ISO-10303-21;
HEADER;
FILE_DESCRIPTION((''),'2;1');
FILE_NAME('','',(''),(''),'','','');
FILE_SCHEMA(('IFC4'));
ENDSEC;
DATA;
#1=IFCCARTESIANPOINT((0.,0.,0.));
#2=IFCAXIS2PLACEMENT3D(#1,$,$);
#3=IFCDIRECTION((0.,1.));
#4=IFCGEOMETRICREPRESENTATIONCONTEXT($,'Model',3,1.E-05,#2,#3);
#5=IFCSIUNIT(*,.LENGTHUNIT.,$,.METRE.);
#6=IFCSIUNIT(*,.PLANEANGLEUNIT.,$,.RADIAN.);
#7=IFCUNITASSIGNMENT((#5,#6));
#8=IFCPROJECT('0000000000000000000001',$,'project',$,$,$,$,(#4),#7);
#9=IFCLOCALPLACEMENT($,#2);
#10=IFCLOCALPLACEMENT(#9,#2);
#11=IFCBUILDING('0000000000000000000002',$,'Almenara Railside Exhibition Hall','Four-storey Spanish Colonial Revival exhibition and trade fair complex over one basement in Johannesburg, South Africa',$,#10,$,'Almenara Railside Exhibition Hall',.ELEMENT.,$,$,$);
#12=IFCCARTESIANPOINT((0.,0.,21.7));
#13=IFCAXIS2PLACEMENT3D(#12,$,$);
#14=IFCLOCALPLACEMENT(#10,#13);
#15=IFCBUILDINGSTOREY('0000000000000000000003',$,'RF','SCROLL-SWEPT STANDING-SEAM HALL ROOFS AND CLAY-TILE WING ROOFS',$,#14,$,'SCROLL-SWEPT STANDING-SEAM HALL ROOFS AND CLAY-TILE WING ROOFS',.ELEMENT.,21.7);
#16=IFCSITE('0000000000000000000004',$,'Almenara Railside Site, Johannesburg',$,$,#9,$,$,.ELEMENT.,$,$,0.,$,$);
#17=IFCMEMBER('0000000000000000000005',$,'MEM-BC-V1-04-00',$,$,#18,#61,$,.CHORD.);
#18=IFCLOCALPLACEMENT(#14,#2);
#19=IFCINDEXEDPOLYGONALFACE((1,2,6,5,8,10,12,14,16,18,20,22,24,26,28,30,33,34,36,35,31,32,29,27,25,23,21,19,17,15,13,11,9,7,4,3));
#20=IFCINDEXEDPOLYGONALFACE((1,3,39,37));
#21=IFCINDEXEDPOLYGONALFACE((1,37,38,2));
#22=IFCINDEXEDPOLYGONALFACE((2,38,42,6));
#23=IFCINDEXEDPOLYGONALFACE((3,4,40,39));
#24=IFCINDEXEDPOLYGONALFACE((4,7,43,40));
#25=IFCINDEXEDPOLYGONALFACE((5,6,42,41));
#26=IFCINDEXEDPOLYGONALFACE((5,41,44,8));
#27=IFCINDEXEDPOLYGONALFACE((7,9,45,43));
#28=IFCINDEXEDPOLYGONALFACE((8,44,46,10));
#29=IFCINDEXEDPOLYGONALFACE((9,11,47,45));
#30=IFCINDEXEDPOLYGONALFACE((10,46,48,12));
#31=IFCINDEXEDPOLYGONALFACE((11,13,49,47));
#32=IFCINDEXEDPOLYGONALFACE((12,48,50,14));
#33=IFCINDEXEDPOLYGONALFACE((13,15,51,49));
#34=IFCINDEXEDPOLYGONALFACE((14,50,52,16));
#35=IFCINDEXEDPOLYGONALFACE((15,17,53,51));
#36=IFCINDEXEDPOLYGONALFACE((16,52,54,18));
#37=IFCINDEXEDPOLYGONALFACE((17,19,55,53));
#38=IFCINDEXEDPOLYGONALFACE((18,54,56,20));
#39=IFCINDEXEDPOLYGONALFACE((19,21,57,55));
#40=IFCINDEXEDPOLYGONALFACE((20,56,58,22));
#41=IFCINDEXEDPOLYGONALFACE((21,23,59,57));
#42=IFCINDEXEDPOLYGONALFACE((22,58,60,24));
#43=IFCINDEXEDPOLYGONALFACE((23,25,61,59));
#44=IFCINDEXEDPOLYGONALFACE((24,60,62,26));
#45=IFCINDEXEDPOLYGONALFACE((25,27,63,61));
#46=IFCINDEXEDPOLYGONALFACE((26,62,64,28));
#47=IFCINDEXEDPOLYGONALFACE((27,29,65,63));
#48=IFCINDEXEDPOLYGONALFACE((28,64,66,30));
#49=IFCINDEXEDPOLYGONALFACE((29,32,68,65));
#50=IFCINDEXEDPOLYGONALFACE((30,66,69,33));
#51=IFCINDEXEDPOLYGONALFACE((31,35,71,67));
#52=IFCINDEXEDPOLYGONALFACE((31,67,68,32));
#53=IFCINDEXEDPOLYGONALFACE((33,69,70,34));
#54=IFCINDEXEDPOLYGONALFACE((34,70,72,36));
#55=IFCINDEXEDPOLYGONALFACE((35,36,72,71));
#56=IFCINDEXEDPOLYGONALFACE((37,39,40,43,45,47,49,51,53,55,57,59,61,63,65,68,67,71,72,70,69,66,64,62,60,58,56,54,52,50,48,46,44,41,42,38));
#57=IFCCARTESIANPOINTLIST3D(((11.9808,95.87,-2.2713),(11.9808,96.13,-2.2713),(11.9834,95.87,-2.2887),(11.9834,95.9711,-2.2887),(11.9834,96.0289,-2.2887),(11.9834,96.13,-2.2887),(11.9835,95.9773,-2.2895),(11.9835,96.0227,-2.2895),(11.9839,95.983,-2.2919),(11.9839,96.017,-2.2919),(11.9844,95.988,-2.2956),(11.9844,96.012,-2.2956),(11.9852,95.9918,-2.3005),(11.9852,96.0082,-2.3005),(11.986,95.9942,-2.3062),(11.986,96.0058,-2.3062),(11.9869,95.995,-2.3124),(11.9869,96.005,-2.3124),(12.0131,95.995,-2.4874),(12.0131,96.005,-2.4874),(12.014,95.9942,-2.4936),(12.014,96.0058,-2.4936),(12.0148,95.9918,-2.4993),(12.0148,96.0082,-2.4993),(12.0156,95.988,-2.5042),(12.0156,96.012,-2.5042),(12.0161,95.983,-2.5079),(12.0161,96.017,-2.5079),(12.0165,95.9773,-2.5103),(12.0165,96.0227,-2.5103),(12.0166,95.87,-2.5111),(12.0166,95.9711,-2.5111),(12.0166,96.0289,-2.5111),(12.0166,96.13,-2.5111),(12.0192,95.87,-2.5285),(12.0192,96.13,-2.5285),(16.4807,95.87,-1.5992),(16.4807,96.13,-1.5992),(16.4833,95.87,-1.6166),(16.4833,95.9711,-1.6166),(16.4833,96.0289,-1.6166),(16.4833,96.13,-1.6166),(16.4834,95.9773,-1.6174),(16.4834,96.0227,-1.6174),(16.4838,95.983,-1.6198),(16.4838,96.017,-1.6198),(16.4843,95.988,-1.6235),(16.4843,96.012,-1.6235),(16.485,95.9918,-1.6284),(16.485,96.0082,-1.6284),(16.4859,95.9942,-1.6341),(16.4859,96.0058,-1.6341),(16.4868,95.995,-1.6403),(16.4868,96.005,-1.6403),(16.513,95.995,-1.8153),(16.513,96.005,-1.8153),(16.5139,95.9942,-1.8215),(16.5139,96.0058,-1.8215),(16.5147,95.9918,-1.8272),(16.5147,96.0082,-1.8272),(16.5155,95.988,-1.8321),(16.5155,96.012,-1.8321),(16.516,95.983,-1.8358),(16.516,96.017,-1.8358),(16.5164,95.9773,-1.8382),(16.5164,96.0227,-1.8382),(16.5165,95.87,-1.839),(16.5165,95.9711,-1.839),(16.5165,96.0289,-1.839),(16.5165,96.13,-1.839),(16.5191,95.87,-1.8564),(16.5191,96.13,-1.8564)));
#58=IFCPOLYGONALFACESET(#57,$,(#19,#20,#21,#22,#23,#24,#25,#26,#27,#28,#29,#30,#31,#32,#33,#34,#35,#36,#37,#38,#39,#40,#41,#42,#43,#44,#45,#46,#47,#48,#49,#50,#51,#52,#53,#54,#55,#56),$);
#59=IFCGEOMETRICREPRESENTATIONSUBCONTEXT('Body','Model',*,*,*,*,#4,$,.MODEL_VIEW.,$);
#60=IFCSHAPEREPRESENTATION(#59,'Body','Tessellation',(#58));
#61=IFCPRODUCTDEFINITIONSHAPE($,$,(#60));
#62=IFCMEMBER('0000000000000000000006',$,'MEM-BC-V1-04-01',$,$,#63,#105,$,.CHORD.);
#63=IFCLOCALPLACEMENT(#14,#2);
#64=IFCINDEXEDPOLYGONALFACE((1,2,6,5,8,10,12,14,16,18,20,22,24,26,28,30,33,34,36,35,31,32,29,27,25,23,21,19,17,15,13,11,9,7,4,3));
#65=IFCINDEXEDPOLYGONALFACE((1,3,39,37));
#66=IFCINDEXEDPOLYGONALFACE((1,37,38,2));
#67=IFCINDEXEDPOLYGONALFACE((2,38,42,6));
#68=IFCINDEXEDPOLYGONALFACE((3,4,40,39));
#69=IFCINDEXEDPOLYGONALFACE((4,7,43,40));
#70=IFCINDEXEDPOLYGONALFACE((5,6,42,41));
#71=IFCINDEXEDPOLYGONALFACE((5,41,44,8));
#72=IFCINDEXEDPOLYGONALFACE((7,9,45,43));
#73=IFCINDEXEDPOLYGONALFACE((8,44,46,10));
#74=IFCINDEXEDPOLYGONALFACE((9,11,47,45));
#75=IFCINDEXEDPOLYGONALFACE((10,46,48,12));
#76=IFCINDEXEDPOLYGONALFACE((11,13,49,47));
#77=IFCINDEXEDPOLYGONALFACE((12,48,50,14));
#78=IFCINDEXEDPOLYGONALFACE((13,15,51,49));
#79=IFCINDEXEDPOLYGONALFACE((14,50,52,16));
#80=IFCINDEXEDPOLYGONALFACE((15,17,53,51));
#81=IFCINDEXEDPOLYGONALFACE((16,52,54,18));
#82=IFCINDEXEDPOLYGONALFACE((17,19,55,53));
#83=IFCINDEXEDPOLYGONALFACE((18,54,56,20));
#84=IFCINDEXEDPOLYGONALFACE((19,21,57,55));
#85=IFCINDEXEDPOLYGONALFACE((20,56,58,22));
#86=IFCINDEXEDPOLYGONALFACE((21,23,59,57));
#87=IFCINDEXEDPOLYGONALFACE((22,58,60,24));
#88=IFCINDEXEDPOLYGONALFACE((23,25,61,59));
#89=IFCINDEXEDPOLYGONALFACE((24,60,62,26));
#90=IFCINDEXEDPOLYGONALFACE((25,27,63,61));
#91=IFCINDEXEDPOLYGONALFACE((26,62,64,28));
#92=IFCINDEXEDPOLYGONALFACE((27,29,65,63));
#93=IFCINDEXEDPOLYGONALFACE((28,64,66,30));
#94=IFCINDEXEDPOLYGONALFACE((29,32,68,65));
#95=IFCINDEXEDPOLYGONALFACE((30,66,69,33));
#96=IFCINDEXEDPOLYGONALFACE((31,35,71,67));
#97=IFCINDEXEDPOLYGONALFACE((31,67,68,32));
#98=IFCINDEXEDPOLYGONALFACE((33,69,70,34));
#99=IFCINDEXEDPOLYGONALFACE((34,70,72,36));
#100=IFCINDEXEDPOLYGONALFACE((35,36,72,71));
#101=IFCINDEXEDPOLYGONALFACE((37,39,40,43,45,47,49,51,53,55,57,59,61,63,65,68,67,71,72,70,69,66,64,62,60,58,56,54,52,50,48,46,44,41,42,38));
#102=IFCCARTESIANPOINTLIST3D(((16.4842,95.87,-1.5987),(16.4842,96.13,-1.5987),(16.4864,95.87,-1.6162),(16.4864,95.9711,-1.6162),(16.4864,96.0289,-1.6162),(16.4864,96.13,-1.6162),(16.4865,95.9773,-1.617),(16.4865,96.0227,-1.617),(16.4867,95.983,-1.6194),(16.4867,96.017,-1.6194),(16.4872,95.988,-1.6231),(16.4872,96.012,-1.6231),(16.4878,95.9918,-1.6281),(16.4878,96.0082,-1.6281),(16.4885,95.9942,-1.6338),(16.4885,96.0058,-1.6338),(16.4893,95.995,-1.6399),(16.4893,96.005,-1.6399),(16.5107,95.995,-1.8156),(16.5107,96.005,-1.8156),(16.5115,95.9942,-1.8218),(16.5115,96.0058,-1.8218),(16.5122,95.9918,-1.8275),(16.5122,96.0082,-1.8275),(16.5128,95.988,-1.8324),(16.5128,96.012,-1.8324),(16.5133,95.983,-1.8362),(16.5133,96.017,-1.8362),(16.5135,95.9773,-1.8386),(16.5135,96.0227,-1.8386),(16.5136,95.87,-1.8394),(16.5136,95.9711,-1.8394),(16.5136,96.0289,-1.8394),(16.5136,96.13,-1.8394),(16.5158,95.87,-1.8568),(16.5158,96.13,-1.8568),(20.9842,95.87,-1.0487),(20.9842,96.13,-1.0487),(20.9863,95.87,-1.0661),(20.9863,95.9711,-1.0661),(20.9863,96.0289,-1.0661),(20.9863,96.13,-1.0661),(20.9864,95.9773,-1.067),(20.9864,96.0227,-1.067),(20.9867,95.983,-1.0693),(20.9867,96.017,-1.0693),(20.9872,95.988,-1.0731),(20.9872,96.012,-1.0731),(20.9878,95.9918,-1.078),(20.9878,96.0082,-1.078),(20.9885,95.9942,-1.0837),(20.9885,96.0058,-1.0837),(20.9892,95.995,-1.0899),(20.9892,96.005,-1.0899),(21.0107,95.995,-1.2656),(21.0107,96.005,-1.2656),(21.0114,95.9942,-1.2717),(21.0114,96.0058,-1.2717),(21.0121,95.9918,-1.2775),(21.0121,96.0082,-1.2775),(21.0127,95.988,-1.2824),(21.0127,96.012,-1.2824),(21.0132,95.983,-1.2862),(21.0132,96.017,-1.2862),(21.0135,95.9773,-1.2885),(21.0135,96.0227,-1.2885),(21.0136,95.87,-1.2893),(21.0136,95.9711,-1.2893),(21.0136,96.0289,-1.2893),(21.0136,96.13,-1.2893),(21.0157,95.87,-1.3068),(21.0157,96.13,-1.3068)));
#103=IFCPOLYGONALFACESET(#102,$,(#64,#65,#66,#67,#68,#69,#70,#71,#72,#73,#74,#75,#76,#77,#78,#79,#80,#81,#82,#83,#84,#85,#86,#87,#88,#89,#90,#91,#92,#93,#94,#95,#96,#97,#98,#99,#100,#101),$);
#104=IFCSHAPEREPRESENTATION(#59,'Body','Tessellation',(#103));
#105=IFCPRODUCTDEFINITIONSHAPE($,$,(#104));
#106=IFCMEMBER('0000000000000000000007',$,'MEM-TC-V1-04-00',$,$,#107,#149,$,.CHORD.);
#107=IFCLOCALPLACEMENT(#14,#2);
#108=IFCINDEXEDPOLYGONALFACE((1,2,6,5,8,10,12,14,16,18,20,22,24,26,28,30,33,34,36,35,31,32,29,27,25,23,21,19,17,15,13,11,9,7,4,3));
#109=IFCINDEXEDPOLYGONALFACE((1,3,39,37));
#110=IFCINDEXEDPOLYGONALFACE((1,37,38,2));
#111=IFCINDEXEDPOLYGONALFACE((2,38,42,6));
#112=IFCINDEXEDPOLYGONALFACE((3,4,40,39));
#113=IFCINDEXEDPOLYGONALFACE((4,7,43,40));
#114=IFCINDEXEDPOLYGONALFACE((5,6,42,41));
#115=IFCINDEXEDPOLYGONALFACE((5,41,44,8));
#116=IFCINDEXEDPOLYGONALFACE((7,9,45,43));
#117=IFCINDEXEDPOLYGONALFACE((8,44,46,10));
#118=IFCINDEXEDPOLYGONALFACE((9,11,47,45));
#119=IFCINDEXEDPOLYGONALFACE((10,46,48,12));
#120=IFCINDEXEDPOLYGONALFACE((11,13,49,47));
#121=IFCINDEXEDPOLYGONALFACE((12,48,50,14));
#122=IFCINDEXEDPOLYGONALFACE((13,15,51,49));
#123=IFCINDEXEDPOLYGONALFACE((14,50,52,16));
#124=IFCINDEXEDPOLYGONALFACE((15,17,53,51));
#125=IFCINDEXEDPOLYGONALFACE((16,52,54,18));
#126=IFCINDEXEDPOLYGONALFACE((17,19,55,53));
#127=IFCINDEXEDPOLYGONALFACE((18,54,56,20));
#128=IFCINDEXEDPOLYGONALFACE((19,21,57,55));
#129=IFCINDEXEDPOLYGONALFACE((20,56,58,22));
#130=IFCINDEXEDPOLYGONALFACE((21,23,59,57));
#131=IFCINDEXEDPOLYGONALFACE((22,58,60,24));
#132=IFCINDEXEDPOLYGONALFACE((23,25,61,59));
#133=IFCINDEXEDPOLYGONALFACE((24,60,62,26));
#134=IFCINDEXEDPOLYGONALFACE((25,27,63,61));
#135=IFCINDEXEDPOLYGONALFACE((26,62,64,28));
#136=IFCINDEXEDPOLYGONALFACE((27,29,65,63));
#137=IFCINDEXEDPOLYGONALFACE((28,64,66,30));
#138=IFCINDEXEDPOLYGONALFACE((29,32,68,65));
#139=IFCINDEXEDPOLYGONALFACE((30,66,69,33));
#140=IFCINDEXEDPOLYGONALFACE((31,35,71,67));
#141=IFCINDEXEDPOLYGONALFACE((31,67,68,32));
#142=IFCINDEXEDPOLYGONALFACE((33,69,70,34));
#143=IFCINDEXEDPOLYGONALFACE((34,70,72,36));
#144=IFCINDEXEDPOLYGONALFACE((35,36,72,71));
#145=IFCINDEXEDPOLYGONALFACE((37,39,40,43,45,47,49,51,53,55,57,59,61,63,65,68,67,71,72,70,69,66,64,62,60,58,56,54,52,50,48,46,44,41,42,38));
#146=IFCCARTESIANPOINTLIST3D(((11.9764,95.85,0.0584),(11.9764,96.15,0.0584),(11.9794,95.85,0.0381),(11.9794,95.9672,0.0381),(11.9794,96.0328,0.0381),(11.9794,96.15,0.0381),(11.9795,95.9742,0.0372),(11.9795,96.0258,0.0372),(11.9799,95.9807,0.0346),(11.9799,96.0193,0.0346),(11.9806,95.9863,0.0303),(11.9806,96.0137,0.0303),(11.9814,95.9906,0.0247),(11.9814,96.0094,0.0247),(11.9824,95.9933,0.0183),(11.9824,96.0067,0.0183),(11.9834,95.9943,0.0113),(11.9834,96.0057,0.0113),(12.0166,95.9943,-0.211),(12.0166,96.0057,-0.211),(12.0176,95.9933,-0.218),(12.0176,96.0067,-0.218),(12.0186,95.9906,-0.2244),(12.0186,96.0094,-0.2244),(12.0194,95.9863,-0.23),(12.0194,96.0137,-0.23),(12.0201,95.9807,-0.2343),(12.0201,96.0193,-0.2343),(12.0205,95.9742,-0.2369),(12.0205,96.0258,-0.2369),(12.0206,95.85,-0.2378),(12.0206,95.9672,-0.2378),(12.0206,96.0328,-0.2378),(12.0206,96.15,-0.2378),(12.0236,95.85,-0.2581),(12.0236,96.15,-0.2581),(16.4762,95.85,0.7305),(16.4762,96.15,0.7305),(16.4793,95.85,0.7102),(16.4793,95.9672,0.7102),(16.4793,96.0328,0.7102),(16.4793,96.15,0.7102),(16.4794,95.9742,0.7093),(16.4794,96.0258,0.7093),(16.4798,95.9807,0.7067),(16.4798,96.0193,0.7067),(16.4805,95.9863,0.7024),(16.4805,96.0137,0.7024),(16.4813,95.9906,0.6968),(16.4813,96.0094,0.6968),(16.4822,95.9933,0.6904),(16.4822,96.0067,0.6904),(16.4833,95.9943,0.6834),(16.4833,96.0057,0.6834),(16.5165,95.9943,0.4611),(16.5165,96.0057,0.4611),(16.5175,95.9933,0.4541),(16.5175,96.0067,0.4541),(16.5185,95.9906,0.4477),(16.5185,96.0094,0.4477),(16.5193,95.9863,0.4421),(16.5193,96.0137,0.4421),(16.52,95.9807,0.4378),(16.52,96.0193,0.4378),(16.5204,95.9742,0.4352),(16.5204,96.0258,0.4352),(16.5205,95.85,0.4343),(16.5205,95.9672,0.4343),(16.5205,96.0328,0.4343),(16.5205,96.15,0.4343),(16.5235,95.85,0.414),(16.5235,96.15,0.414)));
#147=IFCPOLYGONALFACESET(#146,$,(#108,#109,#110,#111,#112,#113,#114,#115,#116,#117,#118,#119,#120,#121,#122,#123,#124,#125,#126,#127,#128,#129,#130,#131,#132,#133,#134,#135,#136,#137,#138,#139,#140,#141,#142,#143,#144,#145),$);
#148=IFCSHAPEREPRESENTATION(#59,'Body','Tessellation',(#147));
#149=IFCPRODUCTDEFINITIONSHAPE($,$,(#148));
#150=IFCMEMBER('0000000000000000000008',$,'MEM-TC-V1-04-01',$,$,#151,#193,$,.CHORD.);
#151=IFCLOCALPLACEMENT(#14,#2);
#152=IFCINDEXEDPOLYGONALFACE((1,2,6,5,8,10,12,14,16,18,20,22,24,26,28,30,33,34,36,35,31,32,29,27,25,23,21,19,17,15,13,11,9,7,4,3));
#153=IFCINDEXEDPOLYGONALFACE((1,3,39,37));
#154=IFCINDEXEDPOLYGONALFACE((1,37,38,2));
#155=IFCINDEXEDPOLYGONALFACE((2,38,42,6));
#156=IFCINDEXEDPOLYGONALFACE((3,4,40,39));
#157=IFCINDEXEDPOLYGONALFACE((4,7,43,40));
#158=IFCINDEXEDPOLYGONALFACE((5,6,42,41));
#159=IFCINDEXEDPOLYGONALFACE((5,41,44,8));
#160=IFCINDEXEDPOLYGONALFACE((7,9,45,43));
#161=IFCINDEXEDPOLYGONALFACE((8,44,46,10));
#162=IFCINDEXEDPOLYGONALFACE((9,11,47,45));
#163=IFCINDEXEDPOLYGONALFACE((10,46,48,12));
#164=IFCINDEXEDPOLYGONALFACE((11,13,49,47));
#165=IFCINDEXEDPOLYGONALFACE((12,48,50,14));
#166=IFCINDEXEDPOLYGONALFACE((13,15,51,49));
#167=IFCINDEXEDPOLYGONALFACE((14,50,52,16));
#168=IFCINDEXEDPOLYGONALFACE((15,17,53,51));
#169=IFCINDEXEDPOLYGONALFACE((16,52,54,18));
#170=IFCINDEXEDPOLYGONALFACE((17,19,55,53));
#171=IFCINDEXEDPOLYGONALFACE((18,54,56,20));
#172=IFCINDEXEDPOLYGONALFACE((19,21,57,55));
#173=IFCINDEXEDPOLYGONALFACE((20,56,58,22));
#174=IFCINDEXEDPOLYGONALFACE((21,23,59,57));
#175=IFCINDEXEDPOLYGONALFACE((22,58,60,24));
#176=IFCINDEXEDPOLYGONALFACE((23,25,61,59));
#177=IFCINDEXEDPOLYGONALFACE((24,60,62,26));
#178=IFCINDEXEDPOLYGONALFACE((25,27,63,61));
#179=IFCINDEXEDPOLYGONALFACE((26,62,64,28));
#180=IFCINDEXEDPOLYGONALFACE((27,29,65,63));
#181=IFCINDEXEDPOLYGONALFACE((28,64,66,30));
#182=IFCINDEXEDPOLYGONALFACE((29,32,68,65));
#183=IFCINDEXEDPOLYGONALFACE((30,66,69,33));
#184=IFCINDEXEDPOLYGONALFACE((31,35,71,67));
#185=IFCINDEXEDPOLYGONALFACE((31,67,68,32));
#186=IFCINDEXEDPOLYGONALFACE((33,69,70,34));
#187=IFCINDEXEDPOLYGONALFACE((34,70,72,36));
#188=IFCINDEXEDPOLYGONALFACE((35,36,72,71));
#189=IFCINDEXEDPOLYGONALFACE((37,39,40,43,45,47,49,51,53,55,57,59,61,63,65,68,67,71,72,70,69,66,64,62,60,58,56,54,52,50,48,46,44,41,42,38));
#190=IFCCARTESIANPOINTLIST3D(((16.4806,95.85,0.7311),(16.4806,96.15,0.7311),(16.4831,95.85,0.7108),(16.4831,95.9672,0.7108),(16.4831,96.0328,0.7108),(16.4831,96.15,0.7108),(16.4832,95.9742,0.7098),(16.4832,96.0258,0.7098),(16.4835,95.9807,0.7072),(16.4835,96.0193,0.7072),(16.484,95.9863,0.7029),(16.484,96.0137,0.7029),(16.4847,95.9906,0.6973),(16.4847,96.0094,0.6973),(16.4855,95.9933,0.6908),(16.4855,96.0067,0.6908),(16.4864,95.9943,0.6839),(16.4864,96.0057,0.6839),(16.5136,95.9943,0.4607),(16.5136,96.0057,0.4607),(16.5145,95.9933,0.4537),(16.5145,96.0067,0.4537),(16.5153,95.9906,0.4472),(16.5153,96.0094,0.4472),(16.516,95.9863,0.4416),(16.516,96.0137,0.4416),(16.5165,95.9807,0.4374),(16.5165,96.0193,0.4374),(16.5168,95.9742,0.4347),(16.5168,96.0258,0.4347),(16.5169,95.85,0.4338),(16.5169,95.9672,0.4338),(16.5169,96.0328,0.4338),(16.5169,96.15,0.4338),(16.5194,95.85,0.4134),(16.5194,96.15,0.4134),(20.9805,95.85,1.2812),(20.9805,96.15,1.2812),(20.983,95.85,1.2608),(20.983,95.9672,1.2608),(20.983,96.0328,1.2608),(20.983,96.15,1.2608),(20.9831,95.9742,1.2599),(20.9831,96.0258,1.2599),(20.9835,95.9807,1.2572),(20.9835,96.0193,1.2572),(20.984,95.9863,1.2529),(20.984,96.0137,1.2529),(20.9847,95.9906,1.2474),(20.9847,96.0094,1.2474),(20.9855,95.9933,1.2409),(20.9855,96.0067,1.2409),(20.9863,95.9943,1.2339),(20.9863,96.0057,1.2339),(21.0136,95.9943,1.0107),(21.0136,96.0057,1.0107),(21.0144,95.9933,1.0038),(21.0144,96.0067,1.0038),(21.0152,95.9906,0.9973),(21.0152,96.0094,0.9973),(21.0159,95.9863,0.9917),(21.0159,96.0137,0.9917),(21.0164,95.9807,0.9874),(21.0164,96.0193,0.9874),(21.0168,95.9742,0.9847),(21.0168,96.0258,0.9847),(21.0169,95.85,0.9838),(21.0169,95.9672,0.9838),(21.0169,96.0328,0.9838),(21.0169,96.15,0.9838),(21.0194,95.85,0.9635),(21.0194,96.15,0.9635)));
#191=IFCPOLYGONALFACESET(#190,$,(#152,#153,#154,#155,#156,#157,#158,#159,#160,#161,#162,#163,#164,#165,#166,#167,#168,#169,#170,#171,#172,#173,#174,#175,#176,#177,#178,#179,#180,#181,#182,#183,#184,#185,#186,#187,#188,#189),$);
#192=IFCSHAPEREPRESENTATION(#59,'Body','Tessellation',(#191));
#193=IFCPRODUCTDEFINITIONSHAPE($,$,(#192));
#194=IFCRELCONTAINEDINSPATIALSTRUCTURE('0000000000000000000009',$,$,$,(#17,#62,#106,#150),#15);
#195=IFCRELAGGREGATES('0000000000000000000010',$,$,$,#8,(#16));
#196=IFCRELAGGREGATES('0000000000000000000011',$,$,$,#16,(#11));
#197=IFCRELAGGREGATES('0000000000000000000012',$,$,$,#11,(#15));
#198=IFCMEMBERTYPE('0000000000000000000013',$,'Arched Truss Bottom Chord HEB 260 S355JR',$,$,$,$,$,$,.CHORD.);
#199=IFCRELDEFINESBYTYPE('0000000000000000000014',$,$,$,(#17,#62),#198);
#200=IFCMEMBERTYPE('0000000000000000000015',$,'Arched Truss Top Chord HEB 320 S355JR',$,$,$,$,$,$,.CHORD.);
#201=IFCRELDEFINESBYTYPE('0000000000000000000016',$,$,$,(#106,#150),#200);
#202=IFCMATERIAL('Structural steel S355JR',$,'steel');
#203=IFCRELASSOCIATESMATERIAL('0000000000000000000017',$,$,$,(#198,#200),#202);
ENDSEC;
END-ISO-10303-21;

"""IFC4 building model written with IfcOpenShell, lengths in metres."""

from ifc_helpers import new_model, si_unit, direction, frame, origin, origin_2d, place, context, subcontext, project, spatial, i_section, extrude, material, material_profile, profile_set, type_object, element, save


model = new_model("IFC4")

# Units and contexts
model_context = context("Model", 3, precision=1e-05, world=origin(), true_north=direction((0.0, 1.0)))
body_context = subcontext(model_context, "Body", "Model", "MODEL_VIEW")
ifc_project = project(units=[si_unit("LENGTHUNIT", "METRE"), si_unit("PLANEANGLEUNIT", "RADIAN")], contexts=[model_context])

# Site, building, storey
site_placement = place(None, origin())
site = spatial("IfcSite", under=ifc_project, at=site_placement, Name="Almenara Railside Site, Johannesburg", CompositionType="ELEMENT", RefElevation=0.0)
building_placement = place(site_placement, origin())
building = spatial("IfcBuilding", under=site, at=building_placement, Name="Almenara Railside Exhibition Hall", Description="Four-storey Spanish Colonial Revival exhibition and trade fair complex over one basement in Johannesburg, South Africa", LongName="Almenara Railside Exhibition Hall", CompositionType="ELEMENT")
storey_placement = place(building_placement, frame((0.0, 0.0, 21.7)))
storey = spatial("IfcBuildingStorey", under=building, at=storey_placement, Name="RF", Description="SCROLL-SWEPT STANDING-SEAM HALL ROOFS AND CLAY-TILE WING ROOFS", LongName="SCROLL-SWEPT STANDING-SEAM HALL ROOFS AND CLAY-TILE WING ROOFS", CompositionType="ELEMENT", Elevation=21.7)

# Members
ifc_material_1 = material(Name="Structural steel S355JR", Category="steel")
ifc_material_profile_1 = material_profile(ifc_material_1, i_section(OverallWidth=0.26, OverallDepth=0.26, WebThickness=0.01, FlangeThickness=0.0176, FilletRadius=0.0239, at=origin_2d()), Name="HEB 260")
ifc_profile_set_1 = profile_set([ifc_material_profile_1], Name="Structural steel S355JR")
member_type_1 = type_object("IfcMemberType", Name="Arched Truss Bottom Chord HEB 260 S355JR", PredefinedType="CHORD", material=ifc_profile_set_1)
member_1_placement = place(storey_placement, frame((12.0, 96.0, -2.3999), z_axis=(0.989029, 0.0, 0.147721), x_axis=(0.0, 1.0, 0.0)))
element("IfcMember", 1, at=member_1_placement, inside=storey, type_object=member_type_1, Name="MEM-BC-V1-04-00", PredefinedType="CHORD", context=body_context, shape_type="SweptSolid", body=[
    extrude(i_section(OverallWidth=0.26, OverallDepth=0.26, WebThickness=0.01, FlangeThickness=0.0176, FilletRadius=0.0239, at=origin_2d()), origin(), (0.0, 0.0, 1.0), 4.5498),
])
member_2_placement = place(storey_placement, frame((16.5, 96.0, -1.7278), z_axis=(0.992612, 0.0, 0.12133), x_axis=(0.0, 1.0, 0.0)))
element("IfcMember", 2, at=member_2_placement, inside=storey, type_object=member_type_1, Name="MEM-BC-V1-04-01", PredefinedType="CHORD", context=body_context, shape_type="SweptSolid", body=[
    extrude(i_section(OverallWidth=0.26, OverallDepth=0.26, WebThickness=0.01, FlangeThickness=0.0176, FilletRadius=0.0239, at=origin_2d()), origin(), (0.0, 0.0, 1.0), 4.5334),
])
ifc_material_profile_2 = material_profile(ifc_material_1, i_section(OverallWidth=0.3, OverallDepth=0.3201, WebThickness=0.0115, FlangeThickness=0.0205, FilletRadius=0.0271, at=origin_2d()), Name="HEB 320")
ifc_profile_set_2 = profile_set([ifc_material_profile_2], Name="Structural steel S355JR")
member_type_2 = type_object("IfcMemberType", Name="Arched Truss Top Chord HEB 320 S355JR", PredefinedType="CHORD", material=ifc_profile_set_2)
member_3_placement = place(storey_placement, frame((12.0, 96.0, -0.0999), z_axis=(0.989029, 0.0, 0.147721), x_axis=(0.0, 1.0, 0.0)))
element("IfcMember", 3, at=member_3_placement, inside=storey, type_object=member_type_2, Name="MEM-TC-V1-04-00", PredefinedType="CHORD", context=body_context, shape_type="SweptSolid", body=[
    extrude(i_section(OverallWidth=0.3, OverallDepth=0.3201, WebThickness=0.0115, FlangeThickness=0.0205, FilletRadius=0.0271, at=origin_2d()), origin(), (0.0, 0.0, 1.0), 4.5498),
])
member_4_placement = place(storey_placement, frame((16.5, 96.0, 0.5723), z_axis=(0.992612, 0.0, 0.12133), x_axis=(0.0, 1.0, 0.0)))
element("IfcMember", 4, at=member_4_placement, inside=storey, type_object=member_type_2, Name="MEM-TC-V1-04-01", PredefinedType="CHORD", context=body_context, shape_type="SweptSolid", body=[
    extrude(i_section(OverallWidth=0.3, OverallDepth=0.3201, WebThickness=0.0115, FlangeThickness=0.0205, FilletRadius=0.0271, at=origin_2d()), origin(), (0.0, 0.0, 1.0), 4.5334),
])

save(model, "model.ifc")
